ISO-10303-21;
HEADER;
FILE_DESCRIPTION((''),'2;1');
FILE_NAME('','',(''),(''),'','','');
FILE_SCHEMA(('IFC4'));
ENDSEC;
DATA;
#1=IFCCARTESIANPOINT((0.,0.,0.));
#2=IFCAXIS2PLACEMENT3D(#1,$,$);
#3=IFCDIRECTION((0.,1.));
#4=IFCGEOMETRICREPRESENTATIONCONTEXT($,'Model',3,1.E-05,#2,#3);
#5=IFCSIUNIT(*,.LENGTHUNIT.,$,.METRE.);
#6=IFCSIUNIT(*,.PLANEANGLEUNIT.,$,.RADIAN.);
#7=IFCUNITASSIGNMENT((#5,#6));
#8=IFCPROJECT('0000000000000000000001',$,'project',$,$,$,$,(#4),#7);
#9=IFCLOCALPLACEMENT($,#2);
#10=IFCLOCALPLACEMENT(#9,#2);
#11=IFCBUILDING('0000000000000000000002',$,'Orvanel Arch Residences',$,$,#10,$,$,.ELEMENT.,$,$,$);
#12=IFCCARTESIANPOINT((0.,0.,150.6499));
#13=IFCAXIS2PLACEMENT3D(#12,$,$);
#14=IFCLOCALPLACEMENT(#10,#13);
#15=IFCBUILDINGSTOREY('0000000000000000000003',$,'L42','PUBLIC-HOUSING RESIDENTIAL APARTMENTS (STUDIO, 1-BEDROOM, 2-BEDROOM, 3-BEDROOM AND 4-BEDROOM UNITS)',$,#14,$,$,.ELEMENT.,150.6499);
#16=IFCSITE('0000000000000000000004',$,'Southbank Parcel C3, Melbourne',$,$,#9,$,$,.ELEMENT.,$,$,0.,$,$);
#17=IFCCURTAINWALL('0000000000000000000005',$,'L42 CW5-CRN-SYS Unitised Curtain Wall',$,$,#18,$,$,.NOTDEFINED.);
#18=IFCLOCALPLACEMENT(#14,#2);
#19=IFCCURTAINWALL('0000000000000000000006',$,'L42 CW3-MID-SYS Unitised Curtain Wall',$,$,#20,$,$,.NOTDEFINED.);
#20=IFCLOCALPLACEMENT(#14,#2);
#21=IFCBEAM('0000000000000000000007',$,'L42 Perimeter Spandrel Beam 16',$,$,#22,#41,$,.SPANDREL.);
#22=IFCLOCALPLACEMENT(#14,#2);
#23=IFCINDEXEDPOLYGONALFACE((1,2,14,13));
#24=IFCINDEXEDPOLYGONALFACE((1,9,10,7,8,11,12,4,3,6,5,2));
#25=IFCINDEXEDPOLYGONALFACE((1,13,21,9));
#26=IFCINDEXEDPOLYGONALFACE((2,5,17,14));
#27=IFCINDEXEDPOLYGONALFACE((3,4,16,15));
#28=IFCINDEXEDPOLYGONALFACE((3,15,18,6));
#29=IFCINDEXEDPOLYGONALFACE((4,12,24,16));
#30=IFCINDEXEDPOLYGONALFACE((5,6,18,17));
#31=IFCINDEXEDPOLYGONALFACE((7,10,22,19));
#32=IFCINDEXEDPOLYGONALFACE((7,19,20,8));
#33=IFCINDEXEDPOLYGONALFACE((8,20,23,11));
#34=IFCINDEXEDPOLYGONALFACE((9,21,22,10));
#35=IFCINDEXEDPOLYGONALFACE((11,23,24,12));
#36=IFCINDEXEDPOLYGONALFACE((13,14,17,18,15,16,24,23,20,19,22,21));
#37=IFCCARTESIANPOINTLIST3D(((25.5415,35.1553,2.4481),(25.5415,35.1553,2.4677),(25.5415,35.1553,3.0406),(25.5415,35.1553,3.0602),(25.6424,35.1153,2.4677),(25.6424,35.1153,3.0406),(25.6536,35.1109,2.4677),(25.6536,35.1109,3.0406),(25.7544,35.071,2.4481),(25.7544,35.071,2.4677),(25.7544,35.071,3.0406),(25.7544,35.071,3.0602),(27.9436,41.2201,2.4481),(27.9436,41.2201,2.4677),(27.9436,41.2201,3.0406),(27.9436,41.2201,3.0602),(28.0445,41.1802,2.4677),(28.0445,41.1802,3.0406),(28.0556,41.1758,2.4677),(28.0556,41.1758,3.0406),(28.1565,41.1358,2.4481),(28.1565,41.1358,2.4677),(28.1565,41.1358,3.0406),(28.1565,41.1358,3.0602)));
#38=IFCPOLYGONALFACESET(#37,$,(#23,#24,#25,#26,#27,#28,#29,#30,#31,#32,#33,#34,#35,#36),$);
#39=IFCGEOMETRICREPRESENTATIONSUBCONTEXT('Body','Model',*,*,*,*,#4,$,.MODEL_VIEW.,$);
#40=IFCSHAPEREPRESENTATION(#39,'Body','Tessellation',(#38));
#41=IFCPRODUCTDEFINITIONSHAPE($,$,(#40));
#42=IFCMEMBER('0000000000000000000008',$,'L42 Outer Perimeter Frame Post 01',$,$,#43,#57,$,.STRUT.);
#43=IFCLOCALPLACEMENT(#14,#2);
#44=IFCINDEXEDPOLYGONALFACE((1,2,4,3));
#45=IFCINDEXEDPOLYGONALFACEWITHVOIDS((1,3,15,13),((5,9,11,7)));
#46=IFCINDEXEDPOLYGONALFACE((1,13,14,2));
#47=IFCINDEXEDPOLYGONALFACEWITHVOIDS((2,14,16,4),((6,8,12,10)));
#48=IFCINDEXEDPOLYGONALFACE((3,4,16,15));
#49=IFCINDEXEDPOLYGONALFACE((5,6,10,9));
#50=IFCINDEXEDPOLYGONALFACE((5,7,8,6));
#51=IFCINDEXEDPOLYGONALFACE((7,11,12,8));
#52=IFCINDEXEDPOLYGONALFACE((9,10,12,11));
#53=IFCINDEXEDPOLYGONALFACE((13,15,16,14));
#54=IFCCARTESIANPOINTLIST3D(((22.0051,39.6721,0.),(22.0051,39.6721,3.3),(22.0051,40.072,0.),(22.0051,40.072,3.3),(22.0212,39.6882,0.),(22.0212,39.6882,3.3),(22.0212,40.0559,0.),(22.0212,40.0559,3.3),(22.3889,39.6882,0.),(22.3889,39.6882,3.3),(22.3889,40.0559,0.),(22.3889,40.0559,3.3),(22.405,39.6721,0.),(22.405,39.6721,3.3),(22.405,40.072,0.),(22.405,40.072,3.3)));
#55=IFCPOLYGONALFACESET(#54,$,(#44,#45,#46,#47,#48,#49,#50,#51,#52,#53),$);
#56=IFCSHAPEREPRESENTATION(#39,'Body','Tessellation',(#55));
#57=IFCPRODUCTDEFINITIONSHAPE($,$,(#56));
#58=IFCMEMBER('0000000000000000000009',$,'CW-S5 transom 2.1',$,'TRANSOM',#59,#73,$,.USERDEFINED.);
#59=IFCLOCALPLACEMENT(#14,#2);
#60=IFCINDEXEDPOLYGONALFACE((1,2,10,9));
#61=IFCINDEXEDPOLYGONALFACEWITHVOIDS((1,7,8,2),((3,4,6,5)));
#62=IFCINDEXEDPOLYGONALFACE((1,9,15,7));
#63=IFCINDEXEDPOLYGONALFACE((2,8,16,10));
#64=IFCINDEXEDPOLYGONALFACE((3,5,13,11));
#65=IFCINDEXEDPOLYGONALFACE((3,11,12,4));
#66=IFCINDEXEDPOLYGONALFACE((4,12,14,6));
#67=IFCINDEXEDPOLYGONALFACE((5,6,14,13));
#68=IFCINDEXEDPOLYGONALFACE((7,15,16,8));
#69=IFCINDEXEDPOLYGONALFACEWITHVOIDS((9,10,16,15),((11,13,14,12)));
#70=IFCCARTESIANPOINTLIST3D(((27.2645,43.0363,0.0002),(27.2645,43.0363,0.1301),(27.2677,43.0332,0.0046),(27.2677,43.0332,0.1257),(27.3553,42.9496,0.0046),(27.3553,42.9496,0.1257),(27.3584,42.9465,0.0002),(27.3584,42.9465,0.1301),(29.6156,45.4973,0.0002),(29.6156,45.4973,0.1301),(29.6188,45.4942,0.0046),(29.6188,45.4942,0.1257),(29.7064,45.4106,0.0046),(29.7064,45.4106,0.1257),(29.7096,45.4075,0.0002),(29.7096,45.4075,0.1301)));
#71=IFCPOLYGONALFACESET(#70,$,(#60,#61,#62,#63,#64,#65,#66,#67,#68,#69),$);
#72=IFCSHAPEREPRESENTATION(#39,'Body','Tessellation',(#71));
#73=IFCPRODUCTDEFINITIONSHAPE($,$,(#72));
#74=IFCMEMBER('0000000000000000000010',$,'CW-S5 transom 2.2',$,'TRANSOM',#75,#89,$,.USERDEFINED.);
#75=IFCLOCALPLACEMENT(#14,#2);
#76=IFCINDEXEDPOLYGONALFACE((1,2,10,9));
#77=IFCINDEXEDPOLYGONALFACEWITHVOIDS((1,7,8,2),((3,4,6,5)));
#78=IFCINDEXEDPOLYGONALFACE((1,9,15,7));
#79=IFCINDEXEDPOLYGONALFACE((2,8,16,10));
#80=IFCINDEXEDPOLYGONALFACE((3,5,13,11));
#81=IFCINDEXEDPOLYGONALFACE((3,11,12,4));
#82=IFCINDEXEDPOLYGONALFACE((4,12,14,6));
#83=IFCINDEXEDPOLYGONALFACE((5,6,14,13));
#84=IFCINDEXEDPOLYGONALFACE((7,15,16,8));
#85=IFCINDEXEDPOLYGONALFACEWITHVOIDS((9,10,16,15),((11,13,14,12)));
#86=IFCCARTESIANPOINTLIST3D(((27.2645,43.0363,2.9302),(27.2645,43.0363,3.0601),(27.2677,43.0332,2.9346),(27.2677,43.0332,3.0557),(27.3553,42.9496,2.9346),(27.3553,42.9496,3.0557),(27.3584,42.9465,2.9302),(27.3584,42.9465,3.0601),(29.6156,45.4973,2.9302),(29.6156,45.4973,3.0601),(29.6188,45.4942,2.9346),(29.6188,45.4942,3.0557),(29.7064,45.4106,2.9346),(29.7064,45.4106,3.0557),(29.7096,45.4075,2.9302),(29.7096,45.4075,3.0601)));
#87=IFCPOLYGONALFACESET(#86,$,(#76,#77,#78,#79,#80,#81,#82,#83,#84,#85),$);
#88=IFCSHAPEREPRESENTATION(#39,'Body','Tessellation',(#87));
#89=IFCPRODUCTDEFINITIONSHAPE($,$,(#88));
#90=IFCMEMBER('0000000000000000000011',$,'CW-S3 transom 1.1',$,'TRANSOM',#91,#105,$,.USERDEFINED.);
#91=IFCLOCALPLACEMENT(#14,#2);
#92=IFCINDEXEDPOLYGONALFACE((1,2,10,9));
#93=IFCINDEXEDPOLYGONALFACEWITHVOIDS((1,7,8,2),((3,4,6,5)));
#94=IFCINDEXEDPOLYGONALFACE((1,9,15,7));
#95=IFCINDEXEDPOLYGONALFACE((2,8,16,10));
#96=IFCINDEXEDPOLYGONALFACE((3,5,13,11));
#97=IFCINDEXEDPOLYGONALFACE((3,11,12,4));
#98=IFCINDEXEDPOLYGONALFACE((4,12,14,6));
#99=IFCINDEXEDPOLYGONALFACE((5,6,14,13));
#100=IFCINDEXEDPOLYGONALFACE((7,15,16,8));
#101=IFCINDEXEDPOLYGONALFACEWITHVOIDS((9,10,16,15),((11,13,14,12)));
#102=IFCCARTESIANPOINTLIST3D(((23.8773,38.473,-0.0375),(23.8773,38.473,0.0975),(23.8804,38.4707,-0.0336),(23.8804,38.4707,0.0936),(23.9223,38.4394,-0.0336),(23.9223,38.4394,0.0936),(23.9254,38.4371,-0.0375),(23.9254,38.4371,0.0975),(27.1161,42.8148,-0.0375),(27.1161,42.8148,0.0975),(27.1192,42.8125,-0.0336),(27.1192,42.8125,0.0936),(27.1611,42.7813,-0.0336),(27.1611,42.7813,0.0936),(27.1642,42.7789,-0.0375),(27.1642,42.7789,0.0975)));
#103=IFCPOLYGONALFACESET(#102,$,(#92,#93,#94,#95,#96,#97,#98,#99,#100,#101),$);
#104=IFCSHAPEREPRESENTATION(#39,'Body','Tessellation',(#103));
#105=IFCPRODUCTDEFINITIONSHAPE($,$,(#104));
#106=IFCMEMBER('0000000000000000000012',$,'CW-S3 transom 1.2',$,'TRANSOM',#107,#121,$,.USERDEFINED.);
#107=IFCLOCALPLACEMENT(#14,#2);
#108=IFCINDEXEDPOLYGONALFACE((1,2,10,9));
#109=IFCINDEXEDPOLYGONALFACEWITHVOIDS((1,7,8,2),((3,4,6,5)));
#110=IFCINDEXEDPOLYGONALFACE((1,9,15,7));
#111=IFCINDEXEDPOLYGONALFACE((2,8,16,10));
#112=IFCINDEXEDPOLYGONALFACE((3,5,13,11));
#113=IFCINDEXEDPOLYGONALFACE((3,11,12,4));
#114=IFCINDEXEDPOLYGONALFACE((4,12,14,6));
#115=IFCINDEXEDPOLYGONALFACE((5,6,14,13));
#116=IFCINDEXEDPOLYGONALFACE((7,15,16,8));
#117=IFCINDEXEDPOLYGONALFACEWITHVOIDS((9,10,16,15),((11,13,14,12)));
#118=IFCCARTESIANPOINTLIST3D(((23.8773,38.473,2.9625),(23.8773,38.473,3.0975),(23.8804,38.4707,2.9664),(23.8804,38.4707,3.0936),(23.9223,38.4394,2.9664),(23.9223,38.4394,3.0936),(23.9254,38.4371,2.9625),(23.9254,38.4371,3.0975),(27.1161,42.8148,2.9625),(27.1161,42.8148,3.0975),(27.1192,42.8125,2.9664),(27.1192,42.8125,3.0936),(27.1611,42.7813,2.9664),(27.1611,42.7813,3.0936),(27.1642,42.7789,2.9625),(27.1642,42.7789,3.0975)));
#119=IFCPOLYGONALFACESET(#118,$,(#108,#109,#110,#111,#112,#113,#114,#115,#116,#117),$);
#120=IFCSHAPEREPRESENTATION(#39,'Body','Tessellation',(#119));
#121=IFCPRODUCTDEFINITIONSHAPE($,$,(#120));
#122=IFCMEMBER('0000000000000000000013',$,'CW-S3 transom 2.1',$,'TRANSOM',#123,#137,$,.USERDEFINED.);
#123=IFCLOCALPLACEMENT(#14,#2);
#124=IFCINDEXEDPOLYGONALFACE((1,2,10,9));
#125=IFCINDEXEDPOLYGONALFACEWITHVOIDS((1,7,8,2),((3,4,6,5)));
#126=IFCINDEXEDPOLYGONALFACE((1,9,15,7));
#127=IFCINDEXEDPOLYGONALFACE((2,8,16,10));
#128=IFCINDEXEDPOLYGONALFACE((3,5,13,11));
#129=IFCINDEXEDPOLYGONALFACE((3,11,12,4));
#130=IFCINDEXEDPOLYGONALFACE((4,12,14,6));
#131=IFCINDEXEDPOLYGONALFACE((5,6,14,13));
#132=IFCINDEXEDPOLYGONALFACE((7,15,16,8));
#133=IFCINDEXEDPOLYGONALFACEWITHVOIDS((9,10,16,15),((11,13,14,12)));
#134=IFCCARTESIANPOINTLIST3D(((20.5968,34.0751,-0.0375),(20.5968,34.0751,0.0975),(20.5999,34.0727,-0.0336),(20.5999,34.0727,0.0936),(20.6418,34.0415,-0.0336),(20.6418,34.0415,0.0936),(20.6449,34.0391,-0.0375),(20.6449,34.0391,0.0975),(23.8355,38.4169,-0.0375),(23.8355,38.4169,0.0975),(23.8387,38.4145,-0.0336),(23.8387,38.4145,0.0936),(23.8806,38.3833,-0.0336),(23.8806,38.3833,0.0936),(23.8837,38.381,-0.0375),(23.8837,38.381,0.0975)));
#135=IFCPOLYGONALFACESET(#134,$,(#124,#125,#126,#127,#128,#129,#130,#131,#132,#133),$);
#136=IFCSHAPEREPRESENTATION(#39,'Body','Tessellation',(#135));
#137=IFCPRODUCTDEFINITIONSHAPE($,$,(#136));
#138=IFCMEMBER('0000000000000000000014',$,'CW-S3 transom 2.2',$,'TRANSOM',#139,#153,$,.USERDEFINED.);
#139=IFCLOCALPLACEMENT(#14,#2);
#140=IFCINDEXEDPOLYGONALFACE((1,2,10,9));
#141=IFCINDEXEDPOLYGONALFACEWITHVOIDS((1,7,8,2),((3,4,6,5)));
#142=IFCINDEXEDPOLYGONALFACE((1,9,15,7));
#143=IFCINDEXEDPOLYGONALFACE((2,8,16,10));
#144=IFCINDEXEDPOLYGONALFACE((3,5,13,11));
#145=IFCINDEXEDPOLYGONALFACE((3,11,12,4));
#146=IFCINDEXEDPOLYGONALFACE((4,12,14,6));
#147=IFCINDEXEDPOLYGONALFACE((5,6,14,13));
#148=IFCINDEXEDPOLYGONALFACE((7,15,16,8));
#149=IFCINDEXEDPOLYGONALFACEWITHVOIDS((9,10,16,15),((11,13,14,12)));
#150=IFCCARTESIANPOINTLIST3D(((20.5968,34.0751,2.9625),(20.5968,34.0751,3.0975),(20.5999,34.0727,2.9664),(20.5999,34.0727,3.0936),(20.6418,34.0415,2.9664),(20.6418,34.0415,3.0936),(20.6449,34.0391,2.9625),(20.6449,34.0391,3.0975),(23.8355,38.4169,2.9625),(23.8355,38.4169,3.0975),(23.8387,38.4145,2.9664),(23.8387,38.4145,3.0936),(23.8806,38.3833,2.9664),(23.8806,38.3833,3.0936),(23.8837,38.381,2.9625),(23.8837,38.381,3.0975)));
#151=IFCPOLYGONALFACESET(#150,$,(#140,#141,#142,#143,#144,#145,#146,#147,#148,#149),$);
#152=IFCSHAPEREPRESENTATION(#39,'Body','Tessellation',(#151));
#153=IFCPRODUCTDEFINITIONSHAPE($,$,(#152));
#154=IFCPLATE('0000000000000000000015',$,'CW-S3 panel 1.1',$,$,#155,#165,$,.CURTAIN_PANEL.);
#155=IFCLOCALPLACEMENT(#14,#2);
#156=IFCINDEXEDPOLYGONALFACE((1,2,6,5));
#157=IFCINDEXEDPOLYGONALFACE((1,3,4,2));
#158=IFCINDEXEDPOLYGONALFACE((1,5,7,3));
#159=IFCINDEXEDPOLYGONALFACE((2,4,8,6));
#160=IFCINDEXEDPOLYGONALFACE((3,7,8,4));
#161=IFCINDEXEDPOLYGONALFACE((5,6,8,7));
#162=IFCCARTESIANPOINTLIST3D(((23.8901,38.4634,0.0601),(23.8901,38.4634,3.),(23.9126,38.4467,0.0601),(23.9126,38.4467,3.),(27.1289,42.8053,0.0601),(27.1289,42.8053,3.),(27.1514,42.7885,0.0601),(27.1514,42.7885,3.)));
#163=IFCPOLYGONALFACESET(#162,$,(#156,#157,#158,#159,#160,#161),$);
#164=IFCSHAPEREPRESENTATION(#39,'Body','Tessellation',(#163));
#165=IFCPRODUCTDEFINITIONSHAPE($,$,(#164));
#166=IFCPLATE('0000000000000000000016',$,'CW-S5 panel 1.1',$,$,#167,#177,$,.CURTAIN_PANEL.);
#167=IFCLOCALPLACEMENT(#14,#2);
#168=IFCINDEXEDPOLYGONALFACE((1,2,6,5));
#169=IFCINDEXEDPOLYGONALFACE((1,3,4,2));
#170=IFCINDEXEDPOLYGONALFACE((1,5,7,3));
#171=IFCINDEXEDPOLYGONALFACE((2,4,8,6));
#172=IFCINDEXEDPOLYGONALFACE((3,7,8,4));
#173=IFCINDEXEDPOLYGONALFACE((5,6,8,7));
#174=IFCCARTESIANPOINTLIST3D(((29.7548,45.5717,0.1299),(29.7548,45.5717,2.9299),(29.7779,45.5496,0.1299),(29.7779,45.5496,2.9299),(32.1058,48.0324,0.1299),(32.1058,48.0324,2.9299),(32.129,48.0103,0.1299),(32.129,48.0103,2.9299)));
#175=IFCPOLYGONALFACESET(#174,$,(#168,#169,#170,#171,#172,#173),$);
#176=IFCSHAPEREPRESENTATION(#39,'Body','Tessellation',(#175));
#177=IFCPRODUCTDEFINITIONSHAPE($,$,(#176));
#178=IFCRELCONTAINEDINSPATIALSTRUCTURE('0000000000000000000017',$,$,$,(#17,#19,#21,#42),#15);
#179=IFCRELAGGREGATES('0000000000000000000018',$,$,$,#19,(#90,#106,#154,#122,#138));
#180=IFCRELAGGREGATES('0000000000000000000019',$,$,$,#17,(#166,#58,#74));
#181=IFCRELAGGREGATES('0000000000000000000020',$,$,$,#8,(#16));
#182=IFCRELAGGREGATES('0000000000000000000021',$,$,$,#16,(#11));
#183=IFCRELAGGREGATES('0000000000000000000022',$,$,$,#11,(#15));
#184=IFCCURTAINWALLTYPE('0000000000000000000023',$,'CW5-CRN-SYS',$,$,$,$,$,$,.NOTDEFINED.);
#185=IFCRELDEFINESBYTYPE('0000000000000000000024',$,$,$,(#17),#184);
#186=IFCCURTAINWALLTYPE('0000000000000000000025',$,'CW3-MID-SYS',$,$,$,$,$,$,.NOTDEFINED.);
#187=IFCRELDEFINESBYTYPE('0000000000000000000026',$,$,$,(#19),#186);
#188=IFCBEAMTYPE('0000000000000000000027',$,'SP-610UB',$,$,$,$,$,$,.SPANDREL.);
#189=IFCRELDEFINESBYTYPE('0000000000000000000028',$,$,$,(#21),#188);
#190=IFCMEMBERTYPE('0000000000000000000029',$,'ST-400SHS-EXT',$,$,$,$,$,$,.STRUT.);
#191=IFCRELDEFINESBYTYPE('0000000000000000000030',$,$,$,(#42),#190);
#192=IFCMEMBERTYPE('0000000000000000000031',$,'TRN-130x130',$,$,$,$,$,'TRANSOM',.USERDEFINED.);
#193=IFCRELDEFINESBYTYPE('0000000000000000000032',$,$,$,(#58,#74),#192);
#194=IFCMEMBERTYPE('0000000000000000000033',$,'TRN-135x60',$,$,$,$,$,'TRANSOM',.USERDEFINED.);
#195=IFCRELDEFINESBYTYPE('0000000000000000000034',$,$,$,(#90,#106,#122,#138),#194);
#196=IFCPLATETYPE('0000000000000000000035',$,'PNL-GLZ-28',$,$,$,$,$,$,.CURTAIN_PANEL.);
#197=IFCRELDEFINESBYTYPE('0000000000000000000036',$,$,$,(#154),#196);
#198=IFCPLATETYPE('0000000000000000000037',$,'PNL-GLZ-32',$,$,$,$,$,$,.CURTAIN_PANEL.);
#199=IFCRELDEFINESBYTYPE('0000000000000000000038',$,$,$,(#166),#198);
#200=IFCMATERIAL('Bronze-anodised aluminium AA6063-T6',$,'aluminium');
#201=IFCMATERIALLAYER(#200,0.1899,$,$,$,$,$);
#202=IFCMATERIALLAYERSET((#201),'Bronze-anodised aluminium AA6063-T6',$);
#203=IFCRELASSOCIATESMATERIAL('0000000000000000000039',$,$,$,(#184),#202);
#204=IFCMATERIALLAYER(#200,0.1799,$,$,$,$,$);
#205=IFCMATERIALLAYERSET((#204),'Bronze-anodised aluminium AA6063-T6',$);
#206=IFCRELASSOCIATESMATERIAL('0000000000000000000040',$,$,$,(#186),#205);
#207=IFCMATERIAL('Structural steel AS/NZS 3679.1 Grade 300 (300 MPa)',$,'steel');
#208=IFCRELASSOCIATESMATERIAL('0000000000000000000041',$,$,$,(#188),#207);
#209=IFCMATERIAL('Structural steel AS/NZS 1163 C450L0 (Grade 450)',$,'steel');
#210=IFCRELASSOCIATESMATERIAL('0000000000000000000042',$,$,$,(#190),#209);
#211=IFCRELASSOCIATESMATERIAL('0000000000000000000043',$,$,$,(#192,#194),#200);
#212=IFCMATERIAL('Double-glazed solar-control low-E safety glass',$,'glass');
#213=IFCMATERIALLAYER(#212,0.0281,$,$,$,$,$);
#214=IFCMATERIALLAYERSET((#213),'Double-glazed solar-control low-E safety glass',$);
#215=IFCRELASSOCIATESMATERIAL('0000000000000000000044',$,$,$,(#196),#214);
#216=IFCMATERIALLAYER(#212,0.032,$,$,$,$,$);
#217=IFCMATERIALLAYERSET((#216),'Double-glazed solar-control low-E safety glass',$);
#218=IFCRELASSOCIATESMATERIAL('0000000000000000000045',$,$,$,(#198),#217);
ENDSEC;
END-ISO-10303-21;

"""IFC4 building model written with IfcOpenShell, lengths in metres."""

from ifc_helpers import new_model, si_unit, direction, frame, origin, origin_2d, place, context, subcontext, project, spatial, rectangle, hollow_rectangle, i_section, extrude, material, layer, layer_set, material_profile, profile_set, type_object, element, aggregate, save


model = new_model("IFC4")

# Units and contexts
model_context = context("Model", 3, precision=1e-05, world=origin(), true_north=direction((0.0, 1.0)))
body_context = subcontext(model_context, "Body", "Model", "MODEL_VIEW")
ifc_project = project(units=[si_unit("LENGTHUNIT", "METRE"), si_unit("PLANEANGLEUNIT", "RADIAN")], contexts=[model_context])

# Site, building, storey
site_placement = place(None, origin())
site = spatial("IfcSite", under=ifc_project, at=site_placement, Name="Southbank Parcel C3, Melbourne", CompositionType="ELEMENT", RefElevation=0.0)
building_placement = place(site_placement, origin())
building = spatial("IfcBuilding", under=site, at=building_placement, Name="Orvanel Arch Residences", CompositionType="ELEMENT")
storey_placement = place(building_placement, frame((0.0, 0.0, 150.6499)))
storey = spatial("IfcBuildingStorey", under=building, at=storey_placement, Name="L42", Description="PUBLIC-HOUSING RESIDENTIAL APARTMENTS (STUDIO, 1-BEDROOM, 2-BEDROOM, 3-BEDROOM AND 4-BEDROOM UNITS)", CompositionType="ELEMENT", Elevation=150.6499)

# Shared definitions
ifc_material_1 = material(Name="Structural steel AS/NZS 3679.1 Grade 300 (300 MPa)", Category="steel")

# Curtain walls
ifc_material_2 = material(Name="Bronze-anodised aluminium AA6063-T6", Category="aluminium")
ifc_layer_1 = layer(ifc_material_2, 0.1899)
ifc_layer_set_1 = layer_set([ifc_layer_1], Name="Bronze-anodised aluminium AA6063-T6")
curtain_wall_type_1 = type_object("IfcCurtainWallType", Name="CW5-CRN-SYS", PredefinedType="NOTDEFINED", material=ifc_layer_set_1)
curtain_wall_1_placement = place(storey_placement, origin())
curtain_wall_1 = element("IfcCurtainWall", 1, at=curtain_wall_1_placement, inside=storey, type_object=curtain_wall_type_1, Name="L42 CW5-CRN-SYS Unitised Curtain Wall", PredefinedType="NOTDEFINED")
ifc_layer_2 = layer(ifc_material_2, 0.1799)
ifc_layer_set_2 = layer_set([ifc_layer_2], Name="Bronze-anodised aluminium AA6063-T6")
curtain_wall_type_2 = type_object("IfcCurtainWallType", Name="CW3-MID-SYS", PredefinedType="NOTDEFINED", material=ifc_layer_set_2)
curtain_wall_2_placement = place(storey_placement, origin())
curtain_wall_2 = element("IfcCurtainWall", 2, at=curtain_wall_2_placement, inside=storey, type_object=curtain_wall_type_2, Name="L42 CW3-MID-SYS Unitised Curtain Wall", PredefinedType="NOTDEFINED")

# Beam
ifc_material_profile_1 = material_profile(ifc_material_1, i_section(OverallWidth=0.229, OverallDepth=0.6121, WebThickness=0.012, FlangeThickness=0.0195, at=origin_2d()), Name="610UB125")
ifc_profile_set_1 = profile_set([ifc_material_profile_1], Name="Structural steel AS/NZS 3679.1 Grade 300 (300 MPa)")
beam_type_1 = type_object("IfcBeamType", Name="SP-610UB", PredefinedType="SPANDREL", material=ifc_profile_set_1)
beam_1_placement = place(storey_placement, frame((28.05, 41.178, 2.7542), z_axis=(-0.368233, -0.929733, 0.0), x_axis=(0.929733, -0.368233, 0.0)))
element("IfcBeam", 3, at=beam_1_placement, inside=storey, type_object=beam_type_1, Name="L42 Perimeter Spandrel Beam 16", PredefinedType="SPANDREL", context=body_context, shape_type="SweptSolid", body=[
    extrude(i_section(OverallWidth=0.229, OverallDepth=0.6121, WebThickness=0.012, FlangeThickness=0.0195, at=origin_2d()), origin(), (0.0, 0.0, 1.0), 6.5232),
])

# Members
ifc_material_3 = material(Name="Structural steel AS/NZS 1163 C450L0 (Grade 450)", Category="steel")
ifc_material_profile_2 = material_profile(ifc_material_3, hollow_rectangle(XDim=0.3999, YDim=0.3999, WallThickness=0.0161, at=origin_2d()), Name="SHS400x400x16")
ifc_profile_set_2 = profile_set([ifc_material_profile_2], Name="Structural steel AS/NZS 1163 C450L0 (Grade 450)")
member_type_1 = type_object("IfcMemberType", Name="ST-400SHS-EXT", PredefinedType="STRUT", material=ifc_profile_set_2)
member_1_placement = place(storey_placement, frame((22.2051, 39.8721, 0.0), z_axis=(0.0, 0.0, 1.0), x_axis=(1.0, 0.0, 0.0)))
element("IfcMember", 4, at=member_1_placement, inside=storey, type_object=member_type_1, Name="L42 Outer Perimeter Frame Post 01", PredefinedType="STRUT", context=body_context, shape_type="SweptSolid", body=[
    extrude(hollow_rectangle(XDim=0.3999, YDim=0.3999, WallThickness=0.0161, at=origin_2d()), origin(), (0.0, 0.0, 1.0), 3.3),
])
ifc_material_profile_3 = material_profile(ifc_material_2, hollow_rectangle(XDim=0.1299, YDim=0.1299, WallThickness=0.0044, at=origin_2d()), Name="ALU130x130x4.5")
ifc_profile_set_3 = profile_set([ifc_material_profile_3], Name="Bronze-anodised aluminium AA6063-T6")
member_type_2 = type_object("IfcMemberType", Name="TRN-130x130", ElementType="TRANSOM", PredefinedType="USERDEFINED", material=ifc_profile_set_3)
member_2_placement = place(storey_placement, frame((29.6626, 45.4524, 0.0652), z_axis=(-0.690783, -0.723062, 0.0), x_axis=(0.723062, -0.690783, 0.0)))
member_2 = element("IfcMember", 5, at=member_2_placement, type_object=member_type_2, Name="CW-S5 transom 2.1", ObjectType="TRANSOM", PredefinedType="USERDEFINED", context=body_context, shape_type="SweptSolid", body=[
    extrude(hollow_rectangle(XDim=0.1299, YDim=0.1299, WallThickness=0.0044, at=origin_2d()), origin(), (0.0, 0.0, 1.0), 3.4036),
])
member_3_placement = place(storey_placement, frame((29.6626, 45.4524, 2.9951), z_axis=(-0.690783, -0.723062, 0.0), x_axis=(0.723062, -0.690783, 0.0)))
member_3 = element("IfcMember", 6, at=member_3_placement, type_object=member_type_2, Name="CW-S5 transom 2.2", ObjectType="TRANSOM", PredefinedType="USERDEFINED", context=body_context, shape_type="SweptSolid", body=[
    extrude(hollow_rectangle(XDim=0.1299, YDim=0.1299, WallThickness=0.0044, at=origin_2d()), origin(), (0.0, 0.0, 1.0), 3.4036),
])
ifc_material_profile_4 = material_profile(ifc_material_2, hollow_rectangle(XDim=0.0601, YDim=0.135, WallThickness=0.0039, at=origin_2d()), Name="ALU135x60x4")
ifc_profile_set_4 = profile_set([ifc_material_profile_4], Name="Bronze-anodised aluminium AA6063-T6")
member_type_3 = type_object("IfcMemberType", Name="TRN-135x60", ElementType="TRANSOM", PredefinedType="USERDEFINED", material=ifc_profile_set_4)
member_4_placement = place(storey_placement, frame((27.1401, 42.7969, 0.03), z_axis=(-0.597921, -0.801555, 0.0), x_axis=(0.801555, -0.597921, 0.0)))
member_4 = element("IfcMember", 7, at=member_4_placement, type_object=member_type_3, Name="CW-S3 transom 1.1", ObjectType="TRANSOM", PredefinedType="USERDEFINED", context=body_context, shape_type="SweptSolid", body=[
    extrude(hollow_rectangle(XDim=0.0601, YDim=0.135, WallThickness=0.0039, at=origin_2d()), origin(), (0.0, 0.0, 1.0), 5.4167),
])
member_5_placement = place(storey_placement, frame((27.1401, 42.7969, 3.03), z_axis=(-0.597921, -0.801555, 0.0), x_axis=(0.801555, -0.597921, 0.0)))
member_5 = element("IfcMember", 8, at=member_5_placement, type_object=member_type_3, Name="CW-S3 transom 1.2", ObjectType="TRANSOM", PredefinedType="USERDEFINED", context=body_context, shape_type="SweptSolid", body=[
    extrude(hollow_rectangle(XDim=0.0601, YDim=0.135, WallThickness=0.0039, at=origin_2d()), origin(), (0.0, 0.0, 1.0), 5.4167),
])
member_6_placement = place(storey_placement, frame((23.8596, 38.3989, 0.03), z_axis=(-0.597921, -0.801555, 0.0), x_axis=(0.801555, -0.597921, 0.0)))
member_6 = element("IfcMember", 9, at=member_6_placement, type_object=member_type_3, Name="CW-S3 transom 2.1", ObjectType="TRANSOM", PredefinedType="USERDEFINED", context=body_context, shape_type="SweptSolid", body=[
    extrude(hollow_rectangle(XDim=0.0601, YDim=0.135, WallThickness=0.0039, at=origin_2d()), origin(), (0.0, 0.0, 1.0), 5.4167),
])
member_7_placement = place(storey_placement, frame((23.8596, 38.3989, 3.03), z_axis=(-0.597921, -0.801555, 0.0), x_axis=(0.801555, -0.597921, 0.0)))
member_7 = element("IfcMember", 10, at=member_7_placement, type_object=member_type_3, Name="CW-S3 transom 2.2", ObjectType="TRANSOM", PredefinedType="USERDEFINED", context=body_context, shape_type="SweptSolid", body=[
    extrude(hollow_rectangle(XDim=0.0601, YDim=0.135, WallThickness=0.0039, at=origin_2d()), origin(), (0.0, 0.0, 1.0), 5.4167),
])

# Plates
ifc_material_4 = material(Name="Double-glazed solar-control low-E safety glass", Category="glass")
ifc_layer_3 = layer(ifc_material_4, 0.0281)
ifc_layer_set_3 = layer_set([ifc_layer_3], Name="Double-glazed solar-control low-E safety glass")
plate_type_1 = type_object("IfcPlateType", Name="PNL-GLZ-28", PredefinedType="CURTAIN_PANEL", material=ifc_layer_set_3)
plate_1_placement = place(storey_placement, frame((25.5208, 40.626, 0.0601), z_axis=(0.0, 0.0, 1.0), x_axis=(-0.597912, -0.801562, 0.0)))
plate_1 = element("IfcPlate", 11, at=plate_1_placement, type_object=plate_type_1, Name="CW-S3 panel 1.1", PredefinedType="CURTAIN_PANEL", context=body_context, shape_type="SweptSolid", body=[
    extrude(rectangle(XDim=5.4167, YDim=0.0281, at=origin_2d()), origin(), (0.0, 0.0, 1.0), 2.9399),
])
aggregate(curtain_wall_2, [member_4, member_5, plate_1, member_6, member_7])
ifc_layer_4 = layer(ifc_material_4, 0.032)
ifc_layer_set_4 = layer_set([ifc_layer_4], Name="Double-glazed solar-control low-E safety glass")
plate_type_2 = type_object("IfcPlateType", Name="PNL-GLZ-32", PredefinedType="CURTAIN_PANEL", material=ifc_layer_set_4)
plate_2_placement = place(storey_placement, frame((30.9419, 46.791, 0.1299), z_axis=(0.0, 0.0, 1.0), x_axis=(-0.6908, -0.723046, 0.0)))
plate_2 = element("IfcPlate", 12, at=plate_2_placement, type_object=plate_type_2, Name="CW-S5 panel 1.1", PredefinedType="CURTAIN_PANEL", context=body_context, shape_type="SweptSolid", body=[
    extrude(rectangle(XDim=3.4033, YDim=0.032, at=origin_2d()), origin(), (0.0, 0.0, 1.0), 2.8),
])
aggregate(curtain_wall_1, [plate_2, member_2, member_3])

save(model, "model.ifc")
